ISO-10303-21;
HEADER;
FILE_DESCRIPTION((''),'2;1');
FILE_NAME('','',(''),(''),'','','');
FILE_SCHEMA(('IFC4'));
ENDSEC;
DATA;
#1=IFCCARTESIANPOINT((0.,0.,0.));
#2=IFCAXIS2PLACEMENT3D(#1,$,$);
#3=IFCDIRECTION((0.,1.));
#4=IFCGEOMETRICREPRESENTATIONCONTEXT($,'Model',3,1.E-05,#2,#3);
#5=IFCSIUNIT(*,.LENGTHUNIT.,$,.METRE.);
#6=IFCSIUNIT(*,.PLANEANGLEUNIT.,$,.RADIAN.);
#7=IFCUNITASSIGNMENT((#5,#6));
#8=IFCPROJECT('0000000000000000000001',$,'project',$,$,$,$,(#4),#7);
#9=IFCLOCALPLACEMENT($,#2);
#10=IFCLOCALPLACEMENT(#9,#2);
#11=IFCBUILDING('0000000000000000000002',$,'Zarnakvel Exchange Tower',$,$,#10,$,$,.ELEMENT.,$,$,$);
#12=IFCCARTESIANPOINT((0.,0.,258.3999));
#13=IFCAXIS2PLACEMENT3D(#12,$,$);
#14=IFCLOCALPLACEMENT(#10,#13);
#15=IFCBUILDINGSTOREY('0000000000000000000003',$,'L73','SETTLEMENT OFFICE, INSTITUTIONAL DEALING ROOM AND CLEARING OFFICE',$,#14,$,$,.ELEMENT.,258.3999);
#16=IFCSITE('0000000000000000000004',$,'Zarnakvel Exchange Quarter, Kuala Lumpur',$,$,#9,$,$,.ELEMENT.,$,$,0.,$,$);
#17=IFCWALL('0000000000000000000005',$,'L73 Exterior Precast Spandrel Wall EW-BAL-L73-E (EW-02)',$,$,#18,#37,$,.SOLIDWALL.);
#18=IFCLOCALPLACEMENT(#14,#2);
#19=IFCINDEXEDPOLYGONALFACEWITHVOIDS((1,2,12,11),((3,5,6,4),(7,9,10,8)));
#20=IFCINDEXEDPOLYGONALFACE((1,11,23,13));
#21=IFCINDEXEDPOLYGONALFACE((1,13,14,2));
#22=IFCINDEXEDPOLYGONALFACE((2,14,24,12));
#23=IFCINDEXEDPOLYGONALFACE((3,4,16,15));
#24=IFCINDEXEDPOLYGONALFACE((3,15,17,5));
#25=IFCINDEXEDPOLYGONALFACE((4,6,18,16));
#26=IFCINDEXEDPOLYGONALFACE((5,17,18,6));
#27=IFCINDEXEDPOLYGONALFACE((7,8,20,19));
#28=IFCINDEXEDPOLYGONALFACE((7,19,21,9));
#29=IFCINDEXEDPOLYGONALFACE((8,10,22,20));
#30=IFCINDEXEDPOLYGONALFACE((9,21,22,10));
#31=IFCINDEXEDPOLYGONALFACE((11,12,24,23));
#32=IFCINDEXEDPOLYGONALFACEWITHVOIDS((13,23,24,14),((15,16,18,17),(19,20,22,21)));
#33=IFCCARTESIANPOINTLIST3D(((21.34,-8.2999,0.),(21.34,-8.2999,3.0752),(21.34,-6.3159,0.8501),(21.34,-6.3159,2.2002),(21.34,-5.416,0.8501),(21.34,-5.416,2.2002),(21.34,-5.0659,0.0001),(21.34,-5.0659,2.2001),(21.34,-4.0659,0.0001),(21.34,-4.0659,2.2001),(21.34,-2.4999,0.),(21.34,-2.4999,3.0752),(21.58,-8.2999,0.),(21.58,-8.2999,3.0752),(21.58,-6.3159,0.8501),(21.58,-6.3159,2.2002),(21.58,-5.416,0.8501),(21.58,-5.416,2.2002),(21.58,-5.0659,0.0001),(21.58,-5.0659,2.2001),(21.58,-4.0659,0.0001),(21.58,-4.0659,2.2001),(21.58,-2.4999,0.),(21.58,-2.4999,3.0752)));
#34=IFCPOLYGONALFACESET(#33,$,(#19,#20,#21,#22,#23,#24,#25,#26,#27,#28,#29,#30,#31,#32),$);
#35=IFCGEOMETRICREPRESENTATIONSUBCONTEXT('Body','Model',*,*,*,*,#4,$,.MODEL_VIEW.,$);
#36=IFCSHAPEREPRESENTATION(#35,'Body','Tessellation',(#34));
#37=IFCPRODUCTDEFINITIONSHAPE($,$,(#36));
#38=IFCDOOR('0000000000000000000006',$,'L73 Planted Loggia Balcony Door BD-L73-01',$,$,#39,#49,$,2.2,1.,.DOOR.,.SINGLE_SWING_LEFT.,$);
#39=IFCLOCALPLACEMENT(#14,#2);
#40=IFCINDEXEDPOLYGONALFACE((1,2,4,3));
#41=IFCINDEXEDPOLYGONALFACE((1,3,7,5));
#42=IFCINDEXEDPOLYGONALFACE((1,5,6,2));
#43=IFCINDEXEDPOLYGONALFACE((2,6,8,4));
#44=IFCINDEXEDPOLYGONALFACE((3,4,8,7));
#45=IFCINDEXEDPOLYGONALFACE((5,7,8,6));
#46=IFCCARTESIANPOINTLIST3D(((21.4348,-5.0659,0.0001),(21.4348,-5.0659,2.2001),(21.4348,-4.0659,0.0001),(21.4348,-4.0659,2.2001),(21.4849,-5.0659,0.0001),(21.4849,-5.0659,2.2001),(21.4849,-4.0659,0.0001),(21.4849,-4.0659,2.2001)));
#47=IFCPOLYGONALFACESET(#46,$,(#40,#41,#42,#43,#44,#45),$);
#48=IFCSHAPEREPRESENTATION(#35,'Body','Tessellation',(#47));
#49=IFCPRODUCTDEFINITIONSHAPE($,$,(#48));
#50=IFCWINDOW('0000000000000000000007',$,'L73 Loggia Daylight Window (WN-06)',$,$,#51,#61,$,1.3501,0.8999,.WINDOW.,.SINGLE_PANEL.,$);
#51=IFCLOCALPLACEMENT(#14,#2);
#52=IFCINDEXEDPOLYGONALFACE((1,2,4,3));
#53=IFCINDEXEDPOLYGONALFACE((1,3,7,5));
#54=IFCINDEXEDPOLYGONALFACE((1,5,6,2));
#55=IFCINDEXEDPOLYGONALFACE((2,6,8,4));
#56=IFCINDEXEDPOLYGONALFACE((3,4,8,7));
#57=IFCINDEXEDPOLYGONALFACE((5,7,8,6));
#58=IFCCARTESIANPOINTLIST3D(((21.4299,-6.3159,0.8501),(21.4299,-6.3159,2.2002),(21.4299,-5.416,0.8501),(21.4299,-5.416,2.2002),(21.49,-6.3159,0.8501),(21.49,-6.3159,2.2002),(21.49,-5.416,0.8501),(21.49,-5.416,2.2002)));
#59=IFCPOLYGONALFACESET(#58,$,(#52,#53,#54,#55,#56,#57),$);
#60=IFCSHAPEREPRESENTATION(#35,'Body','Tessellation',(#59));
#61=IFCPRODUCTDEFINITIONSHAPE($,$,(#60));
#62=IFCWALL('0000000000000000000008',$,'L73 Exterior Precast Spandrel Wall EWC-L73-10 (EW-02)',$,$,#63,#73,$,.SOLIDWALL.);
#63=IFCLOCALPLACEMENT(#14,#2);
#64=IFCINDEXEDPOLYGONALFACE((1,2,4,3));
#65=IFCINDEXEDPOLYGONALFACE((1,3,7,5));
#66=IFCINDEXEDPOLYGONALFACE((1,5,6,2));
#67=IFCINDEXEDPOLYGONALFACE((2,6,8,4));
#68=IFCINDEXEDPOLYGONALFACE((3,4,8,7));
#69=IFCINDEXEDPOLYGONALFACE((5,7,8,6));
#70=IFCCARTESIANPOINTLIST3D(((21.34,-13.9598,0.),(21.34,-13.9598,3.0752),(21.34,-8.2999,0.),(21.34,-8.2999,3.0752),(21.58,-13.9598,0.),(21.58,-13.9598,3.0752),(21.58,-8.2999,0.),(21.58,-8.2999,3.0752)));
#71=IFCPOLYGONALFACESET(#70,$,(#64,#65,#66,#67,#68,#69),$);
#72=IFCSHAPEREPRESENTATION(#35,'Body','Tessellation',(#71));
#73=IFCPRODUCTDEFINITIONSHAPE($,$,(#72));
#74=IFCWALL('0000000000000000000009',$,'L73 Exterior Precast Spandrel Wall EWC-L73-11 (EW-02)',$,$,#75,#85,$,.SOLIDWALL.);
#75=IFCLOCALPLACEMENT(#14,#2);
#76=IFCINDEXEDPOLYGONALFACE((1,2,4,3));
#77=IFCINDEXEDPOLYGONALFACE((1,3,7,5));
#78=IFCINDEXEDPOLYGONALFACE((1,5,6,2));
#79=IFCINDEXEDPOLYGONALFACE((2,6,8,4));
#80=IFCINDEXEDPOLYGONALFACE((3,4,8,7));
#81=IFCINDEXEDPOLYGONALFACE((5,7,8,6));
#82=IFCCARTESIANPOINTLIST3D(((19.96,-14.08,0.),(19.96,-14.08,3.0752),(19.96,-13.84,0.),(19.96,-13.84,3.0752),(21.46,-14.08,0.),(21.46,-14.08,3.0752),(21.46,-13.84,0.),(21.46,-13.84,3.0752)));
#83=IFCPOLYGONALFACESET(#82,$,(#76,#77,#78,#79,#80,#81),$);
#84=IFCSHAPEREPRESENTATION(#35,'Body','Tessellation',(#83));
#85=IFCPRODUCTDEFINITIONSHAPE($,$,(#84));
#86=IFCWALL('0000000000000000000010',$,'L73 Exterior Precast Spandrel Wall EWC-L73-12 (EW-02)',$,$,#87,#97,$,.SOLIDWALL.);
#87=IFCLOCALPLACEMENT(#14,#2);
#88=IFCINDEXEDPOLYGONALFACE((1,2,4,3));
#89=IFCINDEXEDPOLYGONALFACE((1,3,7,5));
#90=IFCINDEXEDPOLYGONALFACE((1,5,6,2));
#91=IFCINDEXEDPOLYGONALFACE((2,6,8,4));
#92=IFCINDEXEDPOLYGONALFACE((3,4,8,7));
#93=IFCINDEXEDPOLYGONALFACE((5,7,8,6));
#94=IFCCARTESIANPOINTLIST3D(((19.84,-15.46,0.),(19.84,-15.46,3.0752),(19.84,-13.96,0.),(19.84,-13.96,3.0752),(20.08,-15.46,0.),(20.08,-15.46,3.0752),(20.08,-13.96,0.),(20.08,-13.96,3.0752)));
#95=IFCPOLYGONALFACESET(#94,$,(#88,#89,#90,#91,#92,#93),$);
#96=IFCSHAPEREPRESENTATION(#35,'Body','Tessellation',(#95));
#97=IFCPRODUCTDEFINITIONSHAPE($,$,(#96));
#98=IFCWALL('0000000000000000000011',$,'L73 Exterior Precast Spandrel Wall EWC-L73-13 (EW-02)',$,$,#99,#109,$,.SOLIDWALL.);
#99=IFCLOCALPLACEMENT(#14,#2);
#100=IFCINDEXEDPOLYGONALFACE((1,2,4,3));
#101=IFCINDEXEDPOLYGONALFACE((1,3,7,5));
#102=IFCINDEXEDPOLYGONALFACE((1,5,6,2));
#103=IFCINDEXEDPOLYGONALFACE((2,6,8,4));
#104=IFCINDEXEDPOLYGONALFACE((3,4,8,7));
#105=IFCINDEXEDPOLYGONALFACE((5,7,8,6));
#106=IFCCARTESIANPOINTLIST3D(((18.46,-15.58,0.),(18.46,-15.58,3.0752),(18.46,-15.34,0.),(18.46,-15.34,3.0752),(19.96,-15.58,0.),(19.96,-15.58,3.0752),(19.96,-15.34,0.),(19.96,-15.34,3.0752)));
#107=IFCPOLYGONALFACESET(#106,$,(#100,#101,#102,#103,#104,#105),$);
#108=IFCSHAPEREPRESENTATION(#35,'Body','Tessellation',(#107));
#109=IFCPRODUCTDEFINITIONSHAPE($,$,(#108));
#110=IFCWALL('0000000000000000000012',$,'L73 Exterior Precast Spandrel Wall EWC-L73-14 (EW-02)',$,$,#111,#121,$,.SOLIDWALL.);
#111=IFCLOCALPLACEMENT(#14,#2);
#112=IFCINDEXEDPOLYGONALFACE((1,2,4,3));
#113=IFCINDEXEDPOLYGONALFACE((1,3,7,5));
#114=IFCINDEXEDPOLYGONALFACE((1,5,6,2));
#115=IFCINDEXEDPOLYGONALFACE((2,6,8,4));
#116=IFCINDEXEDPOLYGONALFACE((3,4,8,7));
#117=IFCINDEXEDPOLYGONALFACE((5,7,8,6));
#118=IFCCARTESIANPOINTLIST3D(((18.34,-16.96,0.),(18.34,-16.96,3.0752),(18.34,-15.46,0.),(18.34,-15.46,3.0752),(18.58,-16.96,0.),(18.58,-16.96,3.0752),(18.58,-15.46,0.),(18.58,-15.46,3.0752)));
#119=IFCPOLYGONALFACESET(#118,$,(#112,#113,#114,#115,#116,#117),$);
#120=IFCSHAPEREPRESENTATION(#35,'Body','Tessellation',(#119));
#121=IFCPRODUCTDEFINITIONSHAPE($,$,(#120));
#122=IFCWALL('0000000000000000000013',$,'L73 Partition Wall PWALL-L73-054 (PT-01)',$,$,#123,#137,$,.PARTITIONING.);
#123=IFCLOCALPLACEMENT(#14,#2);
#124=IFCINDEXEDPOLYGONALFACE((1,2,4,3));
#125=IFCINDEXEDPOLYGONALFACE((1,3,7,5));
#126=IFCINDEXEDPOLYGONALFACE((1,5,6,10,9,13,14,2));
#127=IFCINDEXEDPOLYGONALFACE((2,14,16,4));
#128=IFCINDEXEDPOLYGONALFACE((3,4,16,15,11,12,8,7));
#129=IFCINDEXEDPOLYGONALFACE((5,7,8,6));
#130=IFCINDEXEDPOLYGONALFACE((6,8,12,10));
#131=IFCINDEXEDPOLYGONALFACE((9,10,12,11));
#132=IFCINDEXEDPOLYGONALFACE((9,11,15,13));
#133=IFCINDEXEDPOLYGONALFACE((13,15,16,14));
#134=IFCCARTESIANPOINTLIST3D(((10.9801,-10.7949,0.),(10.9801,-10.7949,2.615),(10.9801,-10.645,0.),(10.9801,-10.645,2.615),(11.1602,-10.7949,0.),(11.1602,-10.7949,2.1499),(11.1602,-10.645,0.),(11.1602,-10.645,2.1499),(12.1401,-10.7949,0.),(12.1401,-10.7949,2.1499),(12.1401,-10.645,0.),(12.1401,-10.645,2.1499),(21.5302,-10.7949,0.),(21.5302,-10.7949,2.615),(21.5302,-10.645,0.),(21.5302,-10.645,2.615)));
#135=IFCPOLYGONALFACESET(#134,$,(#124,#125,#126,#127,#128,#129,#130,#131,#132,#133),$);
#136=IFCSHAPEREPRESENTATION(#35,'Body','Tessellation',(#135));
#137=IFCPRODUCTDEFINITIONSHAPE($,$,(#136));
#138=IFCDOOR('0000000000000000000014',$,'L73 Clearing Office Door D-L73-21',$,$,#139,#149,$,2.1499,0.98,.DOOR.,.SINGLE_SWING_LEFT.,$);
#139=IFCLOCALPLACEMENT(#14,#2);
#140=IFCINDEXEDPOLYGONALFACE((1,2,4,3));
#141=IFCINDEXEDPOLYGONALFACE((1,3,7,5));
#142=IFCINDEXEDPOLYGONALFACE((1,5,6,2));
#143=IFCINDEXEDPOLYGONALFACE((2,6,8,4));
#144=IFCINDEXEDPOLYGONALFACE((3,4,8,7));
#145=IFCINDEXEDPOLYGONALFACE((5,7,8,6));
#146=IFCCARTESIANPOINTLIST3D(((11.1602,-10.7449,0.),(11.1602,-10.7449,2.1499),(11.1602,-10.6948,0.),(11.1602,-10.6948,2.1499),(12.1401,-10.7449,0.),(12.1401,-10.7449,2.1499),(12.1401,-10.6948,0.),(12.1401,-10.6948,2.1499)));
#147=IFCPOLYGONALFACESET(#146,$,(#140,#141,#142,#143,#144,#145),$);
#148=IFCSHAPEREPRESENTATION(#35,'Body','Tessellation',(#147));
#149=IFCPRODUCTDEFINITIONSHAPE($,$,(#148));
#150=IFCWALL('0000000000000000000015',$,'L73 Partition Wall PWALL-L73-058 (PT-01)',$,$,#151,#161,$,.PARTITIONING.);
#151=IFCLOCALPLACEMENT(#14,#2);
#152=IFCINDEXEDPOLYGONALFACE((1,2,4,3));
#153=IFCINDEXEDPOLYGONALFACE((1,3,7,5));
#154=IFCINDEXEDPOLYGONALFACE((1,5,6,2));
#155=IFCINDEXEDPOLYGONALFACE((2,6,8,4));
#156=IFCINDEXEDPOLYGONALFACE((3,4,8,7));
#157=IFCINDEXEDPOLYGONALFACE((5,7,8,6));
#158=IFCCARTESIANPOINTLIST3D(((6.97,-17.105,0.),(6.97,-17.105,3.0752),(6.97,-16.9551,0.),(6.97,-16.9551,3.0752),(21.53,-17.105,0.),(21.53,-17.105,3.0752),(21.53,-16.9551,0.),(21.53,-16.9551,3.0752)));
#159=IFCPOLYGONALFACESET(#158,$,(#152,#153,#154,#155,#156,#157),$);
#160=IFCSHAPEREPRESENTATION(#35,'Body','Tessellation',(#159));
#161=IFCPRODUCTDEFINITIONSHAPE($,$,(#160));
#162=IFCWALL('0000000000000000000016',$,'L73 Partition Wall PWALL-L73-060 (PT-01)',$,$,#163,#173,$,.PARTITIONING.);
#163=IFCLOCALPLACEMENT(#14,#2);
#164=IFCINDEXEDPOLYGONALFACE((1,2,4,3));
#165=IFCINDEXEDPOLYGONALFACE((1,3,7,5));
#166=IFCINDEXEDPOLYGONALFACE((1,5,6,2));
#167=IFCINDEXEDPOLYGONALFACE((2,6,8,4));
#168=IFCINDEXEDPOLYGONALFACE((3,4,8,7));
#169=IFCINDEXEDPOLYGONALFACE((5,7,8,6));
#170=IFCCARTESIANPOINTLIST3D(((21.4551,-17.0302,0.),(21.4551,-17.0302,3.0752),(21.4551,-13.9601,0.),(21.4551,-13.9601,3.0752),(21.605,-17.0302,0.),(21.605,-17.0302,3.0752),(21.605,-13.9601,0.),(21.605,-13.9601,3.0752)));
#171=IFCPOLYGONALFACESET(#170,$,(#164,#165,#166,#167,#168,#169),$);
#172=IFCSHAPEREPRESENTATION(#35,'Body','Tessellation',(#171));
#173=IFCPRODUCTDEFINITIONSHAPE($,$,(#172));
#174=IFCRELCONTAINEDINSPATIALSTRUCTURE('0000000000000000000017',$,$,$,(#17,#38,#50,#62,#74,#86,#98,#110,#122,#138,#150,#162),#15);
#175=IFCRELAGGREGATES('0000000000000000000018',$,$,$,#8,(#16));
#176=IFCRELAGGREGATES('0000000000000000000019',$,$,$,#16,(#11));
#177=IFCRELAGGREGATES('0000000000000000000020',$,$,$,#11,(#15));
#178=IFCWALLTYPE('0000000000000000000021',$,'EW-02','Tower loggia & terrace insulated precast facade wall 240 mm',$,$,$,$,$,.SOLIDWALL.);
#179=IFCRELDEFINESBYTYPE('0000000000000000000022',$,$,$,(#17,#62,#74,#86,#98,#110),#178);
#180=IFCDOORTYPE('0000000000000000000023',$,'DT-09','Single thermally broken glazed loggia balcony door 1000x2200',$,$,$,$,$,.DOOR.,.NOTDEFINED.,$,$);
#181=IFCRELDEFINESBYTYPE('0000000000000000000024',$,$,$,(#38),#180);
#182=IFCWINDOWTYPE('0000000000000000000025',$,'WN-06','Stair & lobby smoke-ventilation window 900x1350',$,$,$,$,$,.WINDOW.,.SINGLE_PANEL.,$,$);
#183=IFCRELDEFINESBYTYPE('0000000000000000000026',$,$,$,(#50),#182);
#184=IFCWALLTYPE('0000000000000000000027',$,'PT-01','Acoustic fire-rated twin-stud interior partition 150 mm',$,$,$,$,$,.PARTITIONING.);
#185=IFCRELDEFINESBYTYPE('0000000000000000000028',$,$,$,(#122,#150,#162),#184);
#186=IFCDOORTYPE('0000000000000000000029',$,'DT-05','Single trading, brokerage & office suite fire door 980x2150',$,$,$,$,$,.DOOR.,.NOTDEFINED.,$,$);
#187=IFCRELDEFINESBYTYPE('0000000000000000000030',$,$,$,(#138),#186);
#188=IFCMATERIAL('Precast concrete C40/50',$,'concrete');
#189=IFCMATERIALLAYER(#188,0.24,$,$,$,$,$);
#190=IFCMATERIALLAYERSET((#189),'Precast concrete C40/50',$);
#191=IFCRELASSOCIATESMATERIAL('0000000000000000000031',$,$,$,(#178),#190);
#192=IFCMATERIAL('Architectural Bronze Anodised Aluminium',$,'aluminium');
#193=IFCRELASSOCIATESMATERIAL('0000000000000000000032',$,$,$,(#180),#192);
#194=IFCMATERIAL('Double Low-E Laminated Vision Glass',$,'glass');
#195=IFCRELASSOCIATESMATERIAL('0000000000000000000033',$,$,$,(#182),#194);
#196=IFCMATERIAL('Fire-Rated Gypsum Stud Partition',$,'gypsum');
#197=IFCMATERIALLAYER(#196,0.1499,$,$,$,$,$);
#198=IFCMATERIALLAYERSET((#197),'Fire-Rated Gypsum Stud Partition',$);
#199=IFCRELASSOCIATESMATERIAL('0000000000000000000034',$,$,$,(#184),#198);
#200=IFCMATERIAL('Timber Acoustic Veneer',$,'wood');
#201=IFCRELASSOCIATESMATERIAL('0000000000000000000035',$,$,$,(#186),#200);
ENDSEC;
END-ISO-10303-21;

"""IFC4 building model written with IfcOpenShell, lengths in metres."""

from ifc_helpers import new_model, si_unit, direction, frame, frame_2d, origin, place, context, subcontext, project, spatial, rectangle, extrude, source, transform, mapped, material, layer, layer_set, type_object, element, fill, save


model = new_model("IFC4")

# Units and contexts
model_context = context("Model", 3, precision=1e-05, world=origin(), true_north=direction((0.0, 1.0)))
body_context = subcontext(model_context, "Body", "Model", "MODEL_VIEW")
ifc_project = project(units=[si_unit("LENGTHUNIT", "METRE"), si_unit("PLANEANGLEUNIT", "RADIAN")], contexts=[model_context])

# Site, building, storey
site_placement = place(None, origin())
site = spatial("IfcSite", under=ifc_project, at=site_placement, Name="Zarnakvel Exchange Quarter, Kuala Lumpur", CompositionType="ELEMENT", RefElevation=0.0)
building_placement = place(site_placement, origin())
building = spatial("IfcBuilding", under=site, at=building_placement, Name="Zarnakvel Exchange Tower", CompositionType="ELEMENT")
storey_placement = place(building_placement, frame((0.0, 0.0, 258.3999)))
storey = spatial("IfcBuildingStorey", under=building, at=storey_placement, Name="L73", Description="SETTLEMENT OFFICE, INSTITUTIONAL DEALING ROOM AND CLEARING OFFICE", CompositionType="ELEMENT", Elevation=258.3999)

# Shared definitions
ifc_material_1 = material(Name="Architectural Bronze Anodised Aluminium", Category="aluminium")

# Wall, openings, door, window
ifc_material_2 = material(Name="Precast concrete C40/50", Category="concrete")
ifc_layer_1 = layer(ifc_material_2, 0.24)
ifc_layer_set_1 = layer_set([ifc_layer_1], Name="Precast concrete C40/50")
wall_type_1 = type_object("IfcWallType", Name="EW-02", Description="Tower loggia & terrace insulated precast facade wall 240 mm", PredefinedType="SOLIDWALL", material=ifc_layer_set_1)
wall_1_placement = place(storey_placement, frame((21.46, -2.5, 0.0), z_axis=(0.0, 0.0, 1.0), x_axis=(0.0, -1.0, 0.0)))
wall_1 = element("IfcWall", 1, at=wall_1_placement, inside=storey, type_object=wall_type_1, Name="L73 Exterior Precast Spandrel Wall EW-BAL-L73-E (EW-02)", PredefinedType="SOLIDWALL", context=body_context, shape_type="SweptSolid", body=[
    extrude(rectangle(XDim=5.8, YDim=0.24, at=frame_2d((2.8999, 0.0))), origin(), (0.0, 0.0, 1.0), 3.0752),
])
opening_1_placement = place(wall_1_placement, frame((1.5659, 0.0, 0.0)))
opening_1 = element("IfcOpeningElement", 2, at=opening_1_placement, cuts=wall_1, PredefinedType="OPENING", context=body_context, shape_type="SweptSolid", body=[
    extrude(rectangle(XDim=1.0, YDim=2.2, at=frame_2d((0.5, 1.1001))), frame((0.0, 0.1299, 0.0), z_axis=(0.0, -1.0, 0.0), x_axis=(1.0, 0.0, 0.0)), (0.0, 0.0, 1.0), 0.26),
])
opening_2_placement = place(wall_1_placement, frame((2.916, 0.0, 0.8501)))
opening_2 = element("IfcOpeningElement", 3, at=opening_2_placement, cuts=wall_1, PredefinedType="OPENING", context=body_context, shape_type="SweptSolid", body=[
    extrude(rectangle(XDim=0.8999, YDim=1.3501, at=frame_2d((0.45, 0.675))), frame((0.0, 0.1299, 0.0), z_axis=(0.0, -1.0, 0.0), x_axis=(1.0, 0.0, 0.0)), (0.0, 0.0, 1.0), 0.26),
])
door_type_1 = type_object("IfcDoorType", Name="DT-09", Description="Single thermally broken glazed loggia balcony door 1000x2200", OperationType="NOTDEFINED", PredefinedType="DOOR", material=ifc_material_1)
shared_shape_1 = source(origin(), body_context, "Body", "SweptSolid", [
    extrude(rectangle(XDim=1.0, YDim=2.2, at=frame_2d((0.5, 1.1001))), frame((0.0, 0.0249, 0.0), z_axis=(0.0, -1.0, 0.0), x_axis=(1.0, 0.0, 0.0)), (0.0, 0.0, 1.0), 0.05),
])
door_1_placement = place(opening_1_placement, origin())
door_1 = element("IfcDoor", 4, at=door_1_placement, inside=storey, type_object=door_type_1, Name="L73 Planted Loggia Balcony Door BD-L73-01", OperationType="SINGLE_SWING_LEFT", OverallHeight=2.2, OverallWidth=1.0, PredefinedType="DOOR", context=body_context, shape_type="MappedRepresentation", body=[
    mapped(shared_shape_1, transform((0.0, 0.0, 0.0), x_axis=(1.0, 0.0, 0.0), y_axis=(0.0, 1.0, 0.0), z_axis=(0.0, 0.0, 1.0), scale=1.0)),
])
fill(opening_1, door_1)
ifc_material_3 = material(Name="Double Low-E Laminated Vision Glass", Category="glass")
window_type = type_object("IfcWindowType", Name="WN-06", Description="Stair & lobby smoke-ventilation window 900x1350", PartitioningType="SINGLE_PANEL", PredefinedType="WINDOW", material=ifc_material_3)
shared_shape_2 = source(origin(), body_context, "Body", "SweptSolid", [
    extrude(rectangle(XDim=0.8999, YDim=1.3501, at=frame_2d((0.45, 0.675))), frame((0.0, 0.03, 0.0), z_axis=(0.0, -1.0, 0.0), x_axis=(1.0, 0.0, 0.0)), (0.0, 0.0, 1.0), 0.0601),
])
window_placement = place(opening_2_placement, origin())
window = element("IfcWindow", 5, at=window_placement, inside=storey, type_object=window_type, Name="L73 Loggia Daylight Window (WN-06)", OverallHeight=1.3501, OverallWidth=0.8999, PartitioningType="SINGLE_PANEL", PredefinedType="WINDOW", context=body_context, shape_type="MappedRepresentation", body=[
    mapped(shared_shape_2, transform((0.0, 0.0, 0.0), x_axis=(1.0, 0.0, 0.0), y_axis=(0.0, 1.0, 0.0), z_axis=(0.0, 0.0, 1.0), scale=1.0)),
])
fill(opening_2, window)

# Walls
wall_2_placement = place(storey_placement, frame((21.46, -13.96, 0.0), z_axis=(0.0, 0.0, 1.0), x_axis=(0.0, 1.0, 0.0)))
element("IfcWall", 6, at=wall_2_placement, inside=storey, type_object=wall_type_1, Name="L73 Exterior Precast Spandrel Wall EWC-L73-10 (EW-02)", PredefinedType="SOLIDWALL", context=body_context, shape_type="SweptSolid", body=[
    extrude(rectangle(XDim=5.6599, YDim=0.24, at=frame_2d((2.8301, 0.0))), origin(), (0.0, 0.0, 1.0), 3.0752),
])
for number, where, z_axis, x_axis, name in (
    (7, (19.96, -13.96, 0.0), (0.0, 0.0, 1.0), (1.0, 0.0, 0.0), "L73 Exterior Precast Spandrel Wall EWC-L73-11 (EW-02)"),
    (8, (19.96, -15.46, 0.0), (0.0, 0.0, 1.0), (0.0, 1.0, 0.0), "L73 Exterior Precast Spandrel Wall EWC-L73-12 (EW-02)"),
    (9, (18.46, -15.46, 0.0), (0.0, 0.0, 1.0), (1.0, 0.0, 0.0), "L73 Exterior Precast Spandrel Wall EWC-L73-13 (EW-02)"),
    (10, (18.46, -16.96, 0.0), (0.0, 0.0, 1.0), (0.0, 1.0, 0.0), "L73 Exterior Precast Spandrel Wall EWC-L73-14 (EW-02)"),
):
    element("IfcWall", number, at=place(storey_placement, frame(where, z_axis=z_axis, x_axis=x_axis)), inside=storey, type_object=wall_type_1, Name=name, PredefinedType="SOLIDWALL", context=body_context, shape_type="SweptSolid", body=[
        extrude(rectangle(XDim=1.5, YDim=0.24, at=frame_2d((0.75, 0.0))), origin(), (0.0, 0.0, 1.0), 3.0752),
    ])

# Wall, opening, door
ifc_material_4 = material(Name="Fire-Rated Gypsum Stud Partition", Category="gypsum")
ifc_layer_2 = layer(ifc_material_4, 0.1499)
ifc_layer_set_2 = layer_set([ifc_layer_2], Name="Fire-Rated Gypsum Stud Partition")
wall_type_2 = type_object("IfcWallType", Name="PT-01", Description="Acoustic fire-rated twin-stud interior partition 150 mm", PredefinedType="PARTITIONING", material=ifc_layer_set_2)
wall_3_placement = place(storey_placement, frame((21.53, -10.72, 0.0), z_axis=(0.0, 0.0, 1.0), x_axis=(-1.0, 0.0, 0.0)))
wall_3 = element("IfcWall", 11, at=wall_3_placement, inside=storey, type_object=wall_type_2, Name="L73 Partition Wall PWALL-L73-054 (PT-01)", PredefinedType="PARTITIONING", context=body_context, shape_type="SweptSolid", body=[
    extrude(rectangle(XDim=10.55, YDim=0.1499, at=frame_2d((5.2749, 0.0))), origin(), (0.0, 0.0, 1.0), 2.615),
])
opening_3_placement = place(wall_3_placement, frame((9.3899, 0.0, 0.0)))
opening_3 = element("IfcOpeningElement", 12, at=opening_3_placement, cuts=wall_3, PredefinedType="OPENING", context=body_context, shape_type="SweptSolid", body=[
    extrude(rectangle(XDim=0.98, YDim=2.1499, at=frame_2d((0.49, 1.075))), frame((0.0, 0.085, 0.0), z_axis=(0.0, -1.0, 0.0), x_axis=(1.0, 0.0, 0.0)), (0.0, 0.0, 1.0), 0.1699),
])
ifc_material_5 = material(Name="Timber Acoustic Veneer", Category="wood")
door_type_2 = type_object("IfcDoorType", Name="DT-05", Description="Single trading, brokerage & office suite fire door 980x2150", OperationType="NOTDEFINED", PredefinedType="DOOR", material=ifc_material_5)
shared_shape_3 = source(origin(), body_context, "Body", "SweptSolid", [
    extrude(rectangle(XDim=0.98, YDim=2.1499, at=frame_2d((0.49, 1.075))), frame((0.0, 0.0249, 0.0), z_axis=(0.0, -1.0, 0.0), x_axis=(1.0, 0.0, 0.0)), (0.0, 0.0, 1.0), 0.05),
])
door_2_placement = place(opening_3_placement, origin())
door_2 = element("IfcDoor", 13, at=door_2_placement, inside=storey, type_object=door_type_2, Name="L73 Clearing Office Door D-L73-21", OperationType="SINGLE_SWING_LEFT", OverallHeight=2.1499, OverallWidth=0.98, PredefinedType="DOOR", context=body_context, shape_type="MappedRepresentation", body=[
    mapped(shared_shape_3, transform((0.0, 0.0, 0.0), x_axis=(1.0, 0.0, 0.0), y_axis=(0.0, 1.0, 0.0), z_axis=(0.0, 0.0, 1.0), scale=1.0)),
])
fill(opening_3, door_2)

# Walls
wall_4_placement = place(storey_placement, frame((21.53, -17.03, 0.0), z_axis=(0.0, 0.0, 1.0), x_axis=(-1.0, 0.0, 0.0)))
element("IfcWall", 14, at=wall_4_placement, inside=storey, type_object=wall_type_2, Name="L73 Partition Wall PWALL-L73-058 (PT-01)", PredefinedType="PARTITIONING", context=body_context, shape_type="SweptSolid", body=[
    extrude(rectangle(XDim=14.5601, YDim=0.1499, at=frame_2d((7.28, 0.0))), origin(), (0.0, 0.0, 1.0), 3.0752),
])
wall_5_placement = place(storey_placement, frame((21.53, -13.96, 0.0), z_axis=(0.0, 0.0, 1.0), x_axis=(0.0, -1.0, 0.0)))
element("IfcWall", 15, at=wall_5_placement, inside=storey, type_object=wall_type_2, Name="L73 Partition Wall PWALL-L73-060 (PT-01)", PredefinedType="PARTITIONING", context=body_context, shape_type="SweptSolid", body=[
    extrude(rectangle(XDim=3.0701, YDim=0.1499, at=frame_2d((1.5352, 0.0))), origin(), (0.0, 0.0, 1.0), 3.0752),
])

save(model, "model.ifc")
